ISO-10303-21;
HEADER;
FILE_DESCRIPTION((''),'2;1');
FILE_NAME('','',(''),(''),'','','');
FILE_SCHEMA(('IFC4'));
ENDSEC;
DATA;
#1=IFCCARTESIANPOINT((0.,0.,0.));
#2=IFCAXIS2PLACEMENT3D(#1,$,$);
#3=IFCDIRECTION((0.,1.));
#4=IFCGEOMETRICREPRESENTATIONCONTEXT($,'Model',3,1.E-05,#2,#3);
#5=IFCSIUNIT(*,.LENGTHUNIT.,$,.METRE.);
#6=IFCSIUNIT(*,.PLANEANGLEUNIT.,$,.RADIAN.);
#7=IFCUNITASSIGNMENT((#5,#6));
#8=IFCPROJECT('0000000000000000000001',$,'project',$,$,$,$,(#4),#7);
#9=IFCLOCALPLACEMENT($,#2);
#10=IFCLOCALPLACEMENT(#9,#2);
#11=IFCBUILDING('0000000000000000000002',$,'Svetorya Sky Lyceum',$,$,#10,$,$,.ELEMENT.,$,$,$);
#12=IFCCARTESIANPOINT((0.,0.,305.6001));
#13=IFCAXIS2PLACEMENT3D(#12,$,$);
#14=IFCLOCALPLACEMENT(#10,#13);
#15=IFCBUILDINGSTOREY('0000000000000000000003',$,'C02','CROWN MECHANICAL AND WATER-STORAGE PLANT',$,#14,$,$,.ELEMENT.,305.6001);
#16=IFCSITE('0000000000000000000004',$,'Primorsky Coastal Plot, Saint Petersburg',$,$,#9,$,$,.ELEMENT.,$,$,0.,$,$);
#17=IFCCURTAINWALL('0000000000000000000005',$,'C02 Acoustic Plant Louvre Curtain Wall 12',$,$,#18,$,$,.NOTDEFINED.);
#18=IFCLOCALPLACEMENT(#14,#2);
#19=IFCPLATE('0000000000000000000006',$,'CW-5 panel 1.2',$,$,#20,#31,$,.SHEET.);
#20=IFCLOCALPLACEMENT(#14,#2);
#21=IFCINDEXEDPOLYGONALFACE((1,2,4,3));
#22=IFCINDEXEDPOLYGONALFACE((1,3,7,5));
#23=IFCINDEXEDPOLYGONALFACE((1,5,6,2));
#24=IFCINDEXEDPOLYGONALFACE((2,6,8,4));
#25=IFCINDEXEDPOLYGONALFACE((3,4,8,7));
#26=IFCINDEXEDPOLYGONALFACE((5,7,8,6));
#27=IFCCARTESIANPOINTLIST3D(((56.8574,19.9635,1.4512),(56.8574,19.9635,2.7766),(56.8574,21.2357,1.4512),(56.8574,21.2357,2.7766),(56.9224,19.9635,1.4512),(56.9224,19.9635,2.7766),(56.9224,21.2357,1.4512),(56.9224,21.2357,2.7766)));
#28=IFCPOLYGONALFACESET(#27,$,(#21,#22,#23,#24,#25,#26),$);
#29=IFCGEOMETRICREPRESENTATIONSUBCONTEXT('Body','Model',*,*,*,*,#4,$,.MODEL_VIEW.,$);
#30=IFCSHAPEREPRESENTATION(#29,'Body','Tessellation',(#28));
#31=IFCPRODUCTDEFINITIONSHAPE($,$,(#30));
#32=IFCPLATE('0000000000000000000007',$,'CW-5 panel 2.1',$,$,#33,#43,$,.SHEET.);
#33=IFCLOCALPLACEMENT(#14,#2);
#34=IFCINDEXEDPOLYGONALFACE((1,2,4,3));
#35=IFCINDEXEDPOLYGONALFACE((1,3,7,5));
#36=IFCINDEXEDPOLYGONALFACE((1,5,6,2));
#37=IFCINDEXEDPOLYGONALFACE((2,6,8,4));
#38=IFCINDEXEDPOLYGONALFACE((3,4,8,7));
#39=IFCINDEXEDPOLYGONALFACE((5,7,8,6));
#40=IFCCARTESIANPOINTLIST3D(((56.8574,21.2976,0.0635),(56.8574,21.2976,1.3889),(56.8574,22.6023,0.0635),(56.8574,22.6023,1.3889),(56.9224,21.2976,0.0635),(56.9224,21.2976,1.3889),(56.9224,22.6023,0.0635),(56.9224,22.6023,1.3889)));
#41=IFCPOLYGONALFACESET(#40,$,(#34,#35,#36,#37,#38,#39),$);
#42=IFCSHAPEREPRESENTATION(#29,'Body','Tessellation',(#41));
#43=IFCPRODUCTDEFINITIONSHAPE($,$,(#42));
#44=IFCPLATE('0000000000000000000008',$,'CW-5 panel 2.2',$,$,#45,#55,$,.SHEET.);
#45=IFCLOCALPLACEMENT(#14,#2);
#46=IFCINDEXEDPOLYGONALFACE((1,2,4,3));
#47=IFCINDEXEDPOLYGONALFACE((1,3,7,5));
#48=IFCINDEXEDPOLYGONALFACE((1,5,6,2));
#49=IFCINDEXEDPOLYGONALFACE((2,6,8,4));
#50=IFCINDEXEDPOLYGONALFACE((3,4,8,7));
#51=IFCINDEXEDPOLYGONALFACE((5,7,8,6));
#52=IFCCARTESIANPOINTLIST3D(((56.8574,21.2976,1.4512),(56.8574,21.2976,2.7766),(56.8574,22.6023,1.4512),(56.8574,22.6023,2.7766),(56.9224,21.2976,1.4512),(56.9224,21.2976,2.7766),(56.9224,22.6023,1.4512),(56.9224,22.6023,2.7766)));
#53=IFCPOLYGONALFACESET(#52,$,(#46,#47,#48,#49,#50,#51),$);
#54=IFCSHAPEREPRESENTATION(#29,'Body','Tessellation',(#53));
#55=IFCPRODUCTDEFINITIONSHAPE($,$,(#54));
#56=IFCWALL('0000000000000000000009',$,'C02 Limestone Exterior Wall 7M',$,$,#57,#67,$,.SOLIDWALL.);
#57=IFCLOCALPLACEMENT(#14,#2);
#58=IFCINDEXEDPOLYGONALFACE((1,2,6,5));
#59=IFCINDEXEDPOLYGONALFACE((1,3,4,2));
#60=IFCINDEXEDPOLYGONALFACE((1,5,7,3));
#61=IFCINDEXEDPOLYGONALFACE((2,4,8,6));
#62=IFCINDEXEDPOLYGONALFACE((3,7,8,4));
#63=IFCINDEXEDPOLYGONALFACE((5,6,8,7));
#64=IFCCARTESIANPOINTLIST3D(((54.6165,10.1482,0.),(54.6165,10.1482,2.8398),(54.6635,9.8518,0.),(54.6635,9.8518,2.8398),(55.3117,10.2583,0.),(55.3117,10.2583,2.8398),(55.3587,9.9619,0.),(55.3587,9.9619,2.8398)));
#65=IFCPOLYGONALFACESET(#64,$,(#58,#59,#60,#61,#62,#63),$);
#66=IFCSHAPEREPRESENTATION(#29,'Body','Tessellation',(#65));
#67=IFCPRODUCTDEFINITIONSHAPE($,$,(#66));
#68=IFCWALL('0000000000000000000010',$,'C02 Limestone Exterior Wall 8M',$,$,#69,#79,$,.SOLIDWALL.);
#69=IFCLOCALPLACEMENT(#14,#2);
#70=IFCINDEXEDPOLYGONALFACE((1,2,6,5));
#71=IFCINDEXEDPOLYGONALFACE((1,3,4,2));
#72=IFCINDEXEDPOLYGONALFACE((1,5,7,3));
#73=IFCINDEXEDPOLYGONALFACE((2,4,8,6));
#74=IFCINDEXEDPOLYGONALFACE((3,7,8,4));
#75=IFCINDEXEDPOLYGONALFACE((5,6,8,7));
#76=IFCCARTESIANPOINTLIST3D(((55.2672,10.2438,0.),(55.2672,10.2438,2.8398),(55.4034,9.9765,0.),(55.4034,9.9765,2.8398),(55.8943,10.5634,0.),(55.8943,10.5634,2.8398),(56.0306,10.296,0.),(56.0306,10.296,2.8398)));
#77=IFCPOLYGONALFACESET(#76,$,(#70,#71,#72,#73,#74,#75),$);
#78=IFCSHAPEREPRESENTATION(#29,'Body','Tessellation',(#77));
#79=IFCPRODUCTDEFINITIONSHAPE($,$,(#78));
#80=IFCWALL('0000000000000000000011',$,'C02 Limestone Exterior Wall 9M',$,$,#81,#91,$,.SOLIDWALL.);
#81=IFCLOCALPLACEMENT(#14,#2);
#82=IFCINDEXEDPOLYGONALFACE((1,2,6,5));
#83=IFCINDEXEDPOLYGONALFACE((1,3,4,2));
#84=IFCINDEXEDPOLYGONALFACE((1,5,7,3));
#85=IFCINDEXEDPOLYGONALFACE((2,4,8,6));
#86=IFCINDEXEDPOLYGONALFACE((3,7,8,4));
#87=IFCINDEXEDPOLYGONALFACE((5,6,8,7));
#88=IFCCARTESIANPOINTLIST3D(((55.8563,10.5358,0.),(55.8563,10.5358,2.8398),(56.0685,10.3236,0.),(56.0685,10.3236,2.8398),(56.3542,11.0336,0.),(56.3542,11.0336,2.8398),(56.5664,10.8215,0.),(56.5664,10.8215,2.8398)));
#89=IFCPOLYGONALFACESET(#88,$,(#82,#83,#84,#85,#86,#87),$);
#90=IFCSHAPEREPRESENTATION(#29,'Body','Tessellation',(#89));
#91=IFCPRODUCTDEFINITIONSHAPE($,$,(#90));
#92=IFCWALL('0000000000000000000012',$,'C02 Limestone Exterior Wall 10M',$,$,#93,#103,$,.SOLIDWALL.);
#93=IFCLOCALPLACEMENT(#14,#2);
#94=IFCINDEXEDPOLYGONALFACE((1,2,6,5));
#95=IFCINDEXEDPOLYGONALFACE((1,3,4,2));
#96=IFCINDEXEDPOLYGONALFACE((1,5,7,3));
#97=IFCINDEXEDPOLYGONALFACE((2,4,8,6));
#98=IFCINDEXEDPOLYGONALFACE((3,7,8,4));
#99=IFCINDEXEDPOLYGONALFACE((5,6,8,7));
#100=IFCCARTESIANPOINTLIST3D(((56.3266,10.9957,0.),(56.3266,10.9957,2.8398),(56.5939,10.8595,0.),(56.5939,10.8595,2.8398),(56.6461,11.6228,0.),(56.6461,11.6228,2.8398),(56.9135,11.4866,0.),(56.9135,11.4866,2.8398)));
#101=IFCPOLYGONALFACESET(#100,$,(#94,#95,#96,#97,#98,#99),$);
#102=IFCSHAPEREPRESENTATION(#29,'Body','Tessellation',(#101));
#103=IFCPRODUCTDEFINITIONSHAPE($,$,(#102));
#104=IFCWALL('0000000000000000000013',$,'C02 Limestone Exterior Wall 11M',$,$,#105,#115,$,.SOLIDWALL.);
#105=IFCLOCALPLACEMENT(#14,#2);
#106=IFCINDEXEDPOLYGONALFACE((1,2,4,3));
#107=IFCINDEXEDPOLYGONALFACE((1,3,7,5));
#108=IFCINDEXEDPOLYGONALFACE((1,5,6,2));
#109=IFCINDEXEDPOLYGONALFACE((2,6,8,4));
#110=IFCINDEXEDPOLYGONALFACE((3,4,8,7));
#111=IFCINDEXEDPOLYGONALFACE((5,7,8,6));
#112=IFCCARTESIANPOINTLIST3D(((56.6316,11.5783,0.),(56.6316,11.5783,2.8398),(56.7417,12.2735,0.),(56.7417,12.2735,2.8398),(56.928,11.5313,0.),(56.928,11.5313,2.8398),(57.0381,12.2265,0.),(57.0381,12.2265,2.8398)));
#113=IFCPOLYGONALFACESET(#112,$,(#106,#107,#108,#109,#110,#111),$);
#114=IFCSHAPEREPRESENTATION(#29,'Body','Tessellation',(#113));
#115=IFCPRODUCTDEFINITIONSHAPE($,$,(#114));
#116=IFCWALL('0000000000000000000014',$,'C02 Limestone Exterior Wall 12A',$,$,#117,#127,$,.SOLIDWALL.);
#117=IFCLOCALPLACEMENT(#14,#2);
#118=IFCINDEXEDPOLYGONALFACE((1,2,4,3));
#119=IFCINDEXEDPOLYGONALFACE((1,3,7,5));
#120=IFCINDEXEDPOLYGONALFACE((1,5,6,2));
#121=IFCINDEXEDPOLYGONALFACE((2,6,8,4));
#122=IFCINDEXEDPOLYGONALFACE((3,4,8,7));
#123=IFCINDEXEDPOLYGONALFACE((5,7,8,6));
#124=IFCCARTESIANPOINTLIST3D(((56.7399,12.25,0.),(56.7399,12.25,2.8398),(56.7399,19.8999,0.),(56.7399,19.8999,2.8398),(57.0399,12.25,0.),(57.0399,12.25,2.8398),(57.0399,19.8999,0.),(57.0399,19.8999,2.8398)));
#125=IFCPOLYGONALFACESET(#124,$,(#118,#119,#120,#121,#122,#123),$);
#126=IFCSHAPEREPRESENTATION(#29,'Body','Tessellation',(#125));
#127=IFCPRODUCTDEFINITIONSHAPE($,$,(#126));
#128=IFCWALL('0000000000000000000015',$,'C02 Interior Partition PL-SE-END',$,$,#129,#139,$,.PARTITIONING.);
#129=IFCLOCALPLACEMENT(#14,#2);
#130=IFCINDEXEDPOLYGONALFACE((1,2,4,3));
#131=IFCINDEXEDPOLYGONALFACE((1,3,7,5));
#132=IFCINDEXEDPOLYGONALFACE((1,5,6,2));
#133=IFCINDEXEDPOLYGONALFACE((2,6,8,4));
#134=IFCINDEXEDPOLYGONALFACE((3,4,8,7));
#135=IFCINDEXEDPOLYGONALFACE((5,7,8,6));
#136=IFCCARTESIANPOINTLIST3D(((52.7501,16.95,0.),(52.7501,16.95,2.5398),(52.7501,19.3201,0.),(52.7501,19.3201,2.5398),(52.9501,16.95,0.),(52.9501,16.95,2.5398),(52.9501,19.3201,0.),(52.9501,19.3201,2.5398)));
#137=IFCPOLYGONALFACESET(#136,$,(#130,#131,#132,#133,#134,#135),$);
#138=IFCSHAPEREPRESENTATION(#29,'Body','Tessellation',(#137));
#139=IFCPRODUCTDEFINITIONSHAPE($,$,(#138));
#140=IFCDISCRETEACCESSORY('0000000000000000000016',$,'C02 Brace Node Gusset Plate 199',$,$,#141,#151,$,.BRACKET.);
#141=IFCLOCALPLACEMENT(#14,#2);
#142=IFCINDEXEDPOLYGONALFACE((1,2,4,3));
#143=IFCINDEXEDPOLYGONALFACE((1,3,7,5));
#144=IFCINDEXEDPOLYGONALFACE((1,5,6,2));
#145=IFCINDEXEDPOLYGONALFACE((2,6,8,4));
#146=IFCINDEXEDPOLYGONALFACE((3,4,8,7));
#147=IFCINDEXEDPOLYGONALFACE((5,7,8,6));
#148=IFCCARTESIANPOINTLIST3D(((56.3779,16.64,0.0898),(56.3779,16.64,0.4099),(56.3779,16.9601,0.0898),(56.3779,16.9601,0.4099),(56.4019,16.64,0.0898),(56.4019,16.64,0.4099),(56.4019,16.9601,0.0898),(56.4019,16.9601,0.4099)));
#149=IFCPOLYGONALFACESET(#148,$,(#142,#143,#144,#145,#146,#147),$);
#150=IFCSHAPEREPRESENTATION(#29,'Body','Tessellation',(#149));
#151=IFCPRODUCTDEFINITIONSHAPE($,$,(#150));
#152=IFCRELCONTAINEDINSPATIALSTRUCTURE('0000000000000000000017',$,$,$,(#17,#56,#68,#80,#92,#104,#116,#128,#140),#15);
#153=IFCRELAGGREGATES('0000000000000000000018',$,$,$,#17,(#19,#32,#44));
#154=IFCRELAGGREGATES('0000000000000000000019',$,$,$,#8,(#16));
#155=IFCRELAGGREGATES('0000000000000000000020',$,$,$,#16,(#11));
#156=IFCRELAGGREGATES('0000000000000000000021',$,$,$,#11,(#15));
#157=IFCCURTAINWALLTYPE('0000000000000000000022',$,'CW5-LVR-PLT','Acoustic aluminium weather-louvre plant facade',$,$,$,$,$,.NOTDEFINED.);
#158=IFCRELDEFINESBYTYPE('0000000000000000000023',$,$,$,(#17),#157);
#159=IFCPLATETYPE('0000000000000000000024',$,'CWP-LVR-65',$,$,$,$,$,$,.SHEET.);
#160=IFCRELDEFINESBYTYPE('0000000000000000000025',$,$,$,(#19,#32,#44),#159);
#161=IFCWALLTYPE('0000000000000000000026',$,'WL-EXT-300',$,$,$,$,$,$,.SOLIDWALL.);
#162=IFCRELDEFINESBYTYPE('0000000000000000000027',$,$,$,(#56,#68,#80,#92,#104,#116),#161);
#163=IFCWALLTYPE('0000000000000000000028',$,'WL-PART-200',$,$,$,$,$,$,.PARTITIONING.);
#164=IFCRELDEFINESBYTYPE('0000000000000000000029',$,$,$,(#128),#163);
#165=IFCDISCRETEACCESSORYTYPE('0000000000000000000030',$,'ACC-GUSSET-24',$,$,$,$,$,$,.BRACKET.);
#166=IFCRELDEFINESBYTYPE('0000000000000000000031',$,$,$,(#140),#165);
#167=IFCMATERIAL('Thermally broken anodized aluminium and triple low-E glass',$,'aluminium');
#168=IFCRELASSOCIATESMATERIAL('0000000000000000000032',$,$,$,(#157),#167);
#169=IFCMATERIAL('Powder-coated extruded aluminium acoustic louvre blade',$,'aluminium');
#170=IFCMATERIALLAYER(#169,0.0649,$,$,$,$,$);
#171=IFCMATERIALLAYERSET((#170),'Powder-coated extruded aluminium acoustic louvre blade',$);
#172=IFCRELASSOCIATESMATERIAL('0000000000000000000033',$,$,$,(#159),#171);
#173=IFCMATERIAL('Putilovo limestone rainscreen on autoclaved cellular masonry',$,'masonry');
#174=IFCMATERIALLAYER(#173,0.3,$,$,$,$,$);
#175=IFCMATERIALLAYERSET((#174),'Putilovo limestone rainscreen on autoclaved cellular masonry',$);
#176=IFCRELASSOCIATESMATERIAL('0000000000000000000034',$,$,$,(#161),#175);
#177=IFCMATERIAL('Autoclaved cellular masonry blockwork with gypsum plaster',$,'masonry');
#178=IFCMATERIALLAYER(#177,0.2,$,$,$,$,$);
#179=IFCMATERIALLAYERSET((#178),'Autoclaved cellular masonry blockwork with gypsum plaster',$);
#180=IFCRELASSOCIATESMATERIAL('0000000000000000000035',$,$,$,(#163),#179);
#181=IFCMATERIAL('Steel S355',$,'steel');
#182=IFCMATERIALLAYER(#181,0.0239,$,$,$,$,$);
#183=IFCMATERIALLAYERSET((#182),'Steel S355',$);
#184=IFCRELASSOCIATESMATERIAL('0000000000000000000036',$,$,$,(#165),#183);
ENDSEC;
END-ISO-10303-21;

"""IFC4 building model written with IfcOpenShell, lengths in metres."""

from ifc_helpers import new_model, si_unit, direction, frame, frame_2d, origin, origin_2d, place, context, subcontext, project, spatial, rectangle, extrude, material, layer, layer_set, type_object, element, aggregate, save


model = new_model("IFC4")

# Units and contexts
model_context = context("Model", 3, precision=1e-05, world=origin(), true_north=direction((0.0, 1.0)))
body_context = subcontext(model_context, "Body", "Model", "MODEL_VIEW")
ifc_project = project(units=[si_unit("LENGTHUNIT", "METRE"), si_unit("PLANEANGLEUNIT", "RADIAN")], contexts=[model_context])

# Site, building, storey
site_placement = place(None, origin())
site = spatial("IfcSite", under=ifc_project, at=site_placement, Name="Primorsky Coastal Plot, Saint Petersburg", CompositionType="ELEMENT", RefElevation=0.0)
building_placement = place(site_placement, origin())
building = spatial("IfcBuilding", under=site, at=building_placement, Name="Svetorya Sky Lyceum", CompositionType="ELEMENT")
storey_placement = place(building_placement, frame((0.0, 0.0, 305.6001)))
storey = spatial("IfcBuildingStorey", under=building, at=storey_placement, Name="C02", Description="CROWN MECHANICAL AND WATER-STORAGE PLANT", CompositionType="ELEMENT", Elevation=305.6001)

# Shared definitions
ifc_material_1 = material(Name="Steel S355", Category="steel")

# Curtain wall
ifc_material_2 = material(Name="Thermally broken anodized aluminium and triple low-E glass", Category="aluminium")
curtain_wall_type = type_object("IfcCurtainWallType", Name="CW5-LVR-PLT", Description="Acoustic aluminium weather-louvre plant facade", PredefinedType="NOTDEFINED", material=ifc_material_2)
curtain_wall_placement = place(storey_placement, origin())
curtain_wall = element("IfcCurtainWall", 1, at=curtain_wall_placement, inside=storey, type_object=curtain_wall_type, Name="C02 Acoustic Plant Louvre Curtain Wall 12", PredefinedType="NOTDEFINED")

# Plates
ifc_material_3 = material(Name="Powder-coated extruded aluminium acoustic louvre blade", Category="aluminium")
ifc_layer_1 = layer(ifc_material_3, 0.0649)
ifc_layer_set_1 = layer_set([ifc_layer_1], Name="Powder-coated extruded aluminium acoustic louvre blade")
plate_type = type_object("IfcPlateType", Name="CWP-LVR-65", PredefinedType="SHEET", material=ifc_layer_set_1)
plate_1_placement = place(storey_placement, frame((56.8899, 20.5996, 1.4512), z_axis=(0.0, 0.0, 1.0), x_axis=(0.0, 1.0, 0.0)))
plate_1 = element("IfcPlate", 2, at=plate_1_placement, type_object=plate_type, Name="CW-5 panel 1.2", PredefinedType="SHEET", context=body_context, shape_type="SweptSolid", body=[
    extrude(rectangle(XDim=1.2722, YDim=0.0649, at=origin_2d()), origin(), (0.0, 0.0, 1.0), 1.3254),
])
plate_2_placement = place(storey_placement, frame((56.8899, 21.95, 0.0635), z_axis=(0.0, 0.0, 1.0), x_axis=(0.0, 1.0, 0.0)))
plate_2 = element("IfcPlate", 3, at=plate_2_placement, type_object=plate_type, Name="CW-5 panel 2.1", PredefinedType="SHEET", context=body_context, shape_type="SweptSolid", body=[
    extrude(rectangle(XDim=1.3047, YDim=0.0649, at=origin_2d()), origin(), (0.0, 0.0, 1.0), 1.3254),
])
plate_3_placement = place(storey_placement, frame((56.8899, 21.95, 1.4512), z_axis=(0.0, 0.0, 1.0), x_axis=(0.0, 1.0, 0.0)))
plate_3 = element("IfcPlate", 4, at=plate_3_placement, type_object=plate_type, Name="CW-5 panel 2.2", PredefinedType="SHEET", context=body_context, shape_type="SweptSolid", body=[
    extrude(rectangle(XDim=1.3047, YDim=0.0649, at=origin_2d()), origin(), (0.0, 0.0, 1.0), 1.3254),
])
aggregate(curtain_wall, [plate_1, plate_2, plate_3])

# Walls
ifc_material_4 = material(Name="Putilovo limestone rainscreen on autoclaved cellular masonry", Category="masonry")
ifc_layer_2 = layer(ifc_material_4, 0.3)
ifc_layer_set_2 = layer_set([ifc_layer_2], Name="Putilovo limestone rainscreen on autoclaved cellular masonry")
wall_type_1 = type_object("IfcWallType", Name="WL-EXT-300", PredefinedType="SOLIDWALL", material=ifc_layer_set_2)
for number, where, z_axis, x_axis, name in (
    (5, (54.6399, 10.0, 0.0), (0.0, 0.0, 1.0), (0.987693, 0.156408, 0.0), "C02 Limestone Exterior Wall 7M"),
    (6, (55.3352, 10.1101, 0.0), (0.0, 0.0, 1.0), (0.891002, 0.453999, 0.0), "C02 Limestone Exterior Wall 8M"),
):
    element("IfcWall", number, at=place(storey_placement, frame(where, z_axis=z_axis, x_axis=x_axis)), inside=storey, type_object=wall_type_1, Name=name, PredefinedType="SOLIDWALL", context=body_context, shape_type="SweptSolid", body=[
        extrude(rectangle(XDim=0.7039, YDim=0.3, at=frame_2d((0.3521, 0.0))), origin(), (0.0, 0.0, 1.0), 2.8398),
    ])
wall_1_placement = place(storey_placement, frame((55.9624, 10.4297, 0.0), z_axis=(0.0, 0.0, 1.0), x_axis=(0.707107, 0.707107, 0.0)))
element("IfcWall", 7, at=wall_1_placement, inside=storey, type_object=wall_type_1, Name="C02 Limestone Exterior Wall 9M", PredefinedType="SOLIDWALL", context=body_context, shape_type="SweptSolid", body=[
    extrude(rectangle(XDim=0.7041, YDim=0.3, at=frame_2d((0.3521, 0.0))), origin(), (0.0, 0.0, 1.0), 2.8398),
])
for number, where, z_axis, x_axis, name in (
    (8, (56.4602, 10.9275, 0.0), (0.0, 0.0, 1.0), (0.453999, 0.891002, 0.0), "C02 Limestone Exterior Wall 10M"),
    (9, (56.7798, 11.5547, 0.0), (0.0, 0.0, 1.0), (0.156408, 0.987693, 0.0), "C02 Limestone Exterior Wall 11M"),
):
    element("IfcWall", number, at=place(storey_placement, frame(where, z_axis=z_axis, x_axis=x_axis)), inside=storey, type_object=wall_type_1, Name=name, PredefinedType="SOLIDWALL", context=body_context, shape_type="SweptSolid", body=[
        extrude(rectangle(XDim=0.7039, YDim=0.3, at=frame_2d((0.3521, 0.0))), origin(), (0.0, 0.0, 1.0), 2.8398),
    ])
wall_2_placement = place(storey_placement, frame((56.8899, 12.25, 0.0), z_axis=(0.0, 0.0, 1.0), x_axis=(0.0, 1.0, 0.0)))
element("IfcWall", 10, at=wall_2_placement, inside=storey, type_object=wall_type_1, Name="C02 Limestone Exterior Wall 12A", PredefinedType="SOLIDWALL", context=body_context, shape_type="SweptSolid", body=[
    extrude(rectangle(XDim=7.6499, YDim=0.3, at=frame_2d((3.825, 0.0))), origin(), (0.0, 0.0, 1.0), 2.8398),
])
ifc_material_5 = material(Name="Autoclaved cellular masonry blockwork with gypsum plaster", Category="masonry")
ifc_layer_3 = layer(ifc_material_5, 0.2)
ifc_layer_set_3 = layer_set([ifc_layer_3], Name="Autoclaved cellular masonry blockwork with gypsum plaster")
wall_type_2 = type_object("IfcWallType", Name="WL-PART-200", PredefinedType="PARTITIONING", material=ifc_layer_set_3)
wall_3_placement = place(storey_placement, frame((52.8501, 16.95, 0.0), z_axis=(0.0, 0.0, 1.0), x_axis=(0.0, 1.0, 0.0)))
element("IfcWall", 11, at=wall_3_placement, inside=storey, type_object=wall_type_2, Name="C02 Interior Partition PL-SE-END", PredefinedType="PARTITIONING", context=body_context, shape_type="SweptSolid", body=[
    extrude(rectangle(XDim=2.3701, YDim=0.2, at=frame_2d((1.1851, 0.0))), origin(), (0.0, 0.0, 1.0), 2.5398),
])

# Discrete accessory
ifc_layer_4 = layer(ifc_material_1, 0.0239)
ifc_layer_set_4 = layer_set([ifc_layer_4], Name="Steel S355")
discrete_accessory_type = type_object("IfcDiscreteAccessoryType", Name="ACC-GUSSET-24", PredefinedType="BRACKET", material=ifc_layer_set_4)
discrete_accessory_placement = place(storey_placement, frame((56.3899, 16.8, 0.0898), z_axis=(0.0, 0.0, 1.0), x_axis=(1.0, 0.0, 0.0)))
element("IfcDiscreteAccessory", 12, at=discrete_accessory_placement, inside=storey, type_object=discrete_accessory_type, Name="C02 Brace Node Gusset Plate 199", PredefinedType="BRACKET", context=body_context, shape_type="SweptSolid", body=[
    extrude(rectangle(XDim=0.0239, YDim=0.3201, at=origin_2d()), origin(), (0.0, 0.0, 1.0), 0.3201),
])

save(model, "model.ifc")
